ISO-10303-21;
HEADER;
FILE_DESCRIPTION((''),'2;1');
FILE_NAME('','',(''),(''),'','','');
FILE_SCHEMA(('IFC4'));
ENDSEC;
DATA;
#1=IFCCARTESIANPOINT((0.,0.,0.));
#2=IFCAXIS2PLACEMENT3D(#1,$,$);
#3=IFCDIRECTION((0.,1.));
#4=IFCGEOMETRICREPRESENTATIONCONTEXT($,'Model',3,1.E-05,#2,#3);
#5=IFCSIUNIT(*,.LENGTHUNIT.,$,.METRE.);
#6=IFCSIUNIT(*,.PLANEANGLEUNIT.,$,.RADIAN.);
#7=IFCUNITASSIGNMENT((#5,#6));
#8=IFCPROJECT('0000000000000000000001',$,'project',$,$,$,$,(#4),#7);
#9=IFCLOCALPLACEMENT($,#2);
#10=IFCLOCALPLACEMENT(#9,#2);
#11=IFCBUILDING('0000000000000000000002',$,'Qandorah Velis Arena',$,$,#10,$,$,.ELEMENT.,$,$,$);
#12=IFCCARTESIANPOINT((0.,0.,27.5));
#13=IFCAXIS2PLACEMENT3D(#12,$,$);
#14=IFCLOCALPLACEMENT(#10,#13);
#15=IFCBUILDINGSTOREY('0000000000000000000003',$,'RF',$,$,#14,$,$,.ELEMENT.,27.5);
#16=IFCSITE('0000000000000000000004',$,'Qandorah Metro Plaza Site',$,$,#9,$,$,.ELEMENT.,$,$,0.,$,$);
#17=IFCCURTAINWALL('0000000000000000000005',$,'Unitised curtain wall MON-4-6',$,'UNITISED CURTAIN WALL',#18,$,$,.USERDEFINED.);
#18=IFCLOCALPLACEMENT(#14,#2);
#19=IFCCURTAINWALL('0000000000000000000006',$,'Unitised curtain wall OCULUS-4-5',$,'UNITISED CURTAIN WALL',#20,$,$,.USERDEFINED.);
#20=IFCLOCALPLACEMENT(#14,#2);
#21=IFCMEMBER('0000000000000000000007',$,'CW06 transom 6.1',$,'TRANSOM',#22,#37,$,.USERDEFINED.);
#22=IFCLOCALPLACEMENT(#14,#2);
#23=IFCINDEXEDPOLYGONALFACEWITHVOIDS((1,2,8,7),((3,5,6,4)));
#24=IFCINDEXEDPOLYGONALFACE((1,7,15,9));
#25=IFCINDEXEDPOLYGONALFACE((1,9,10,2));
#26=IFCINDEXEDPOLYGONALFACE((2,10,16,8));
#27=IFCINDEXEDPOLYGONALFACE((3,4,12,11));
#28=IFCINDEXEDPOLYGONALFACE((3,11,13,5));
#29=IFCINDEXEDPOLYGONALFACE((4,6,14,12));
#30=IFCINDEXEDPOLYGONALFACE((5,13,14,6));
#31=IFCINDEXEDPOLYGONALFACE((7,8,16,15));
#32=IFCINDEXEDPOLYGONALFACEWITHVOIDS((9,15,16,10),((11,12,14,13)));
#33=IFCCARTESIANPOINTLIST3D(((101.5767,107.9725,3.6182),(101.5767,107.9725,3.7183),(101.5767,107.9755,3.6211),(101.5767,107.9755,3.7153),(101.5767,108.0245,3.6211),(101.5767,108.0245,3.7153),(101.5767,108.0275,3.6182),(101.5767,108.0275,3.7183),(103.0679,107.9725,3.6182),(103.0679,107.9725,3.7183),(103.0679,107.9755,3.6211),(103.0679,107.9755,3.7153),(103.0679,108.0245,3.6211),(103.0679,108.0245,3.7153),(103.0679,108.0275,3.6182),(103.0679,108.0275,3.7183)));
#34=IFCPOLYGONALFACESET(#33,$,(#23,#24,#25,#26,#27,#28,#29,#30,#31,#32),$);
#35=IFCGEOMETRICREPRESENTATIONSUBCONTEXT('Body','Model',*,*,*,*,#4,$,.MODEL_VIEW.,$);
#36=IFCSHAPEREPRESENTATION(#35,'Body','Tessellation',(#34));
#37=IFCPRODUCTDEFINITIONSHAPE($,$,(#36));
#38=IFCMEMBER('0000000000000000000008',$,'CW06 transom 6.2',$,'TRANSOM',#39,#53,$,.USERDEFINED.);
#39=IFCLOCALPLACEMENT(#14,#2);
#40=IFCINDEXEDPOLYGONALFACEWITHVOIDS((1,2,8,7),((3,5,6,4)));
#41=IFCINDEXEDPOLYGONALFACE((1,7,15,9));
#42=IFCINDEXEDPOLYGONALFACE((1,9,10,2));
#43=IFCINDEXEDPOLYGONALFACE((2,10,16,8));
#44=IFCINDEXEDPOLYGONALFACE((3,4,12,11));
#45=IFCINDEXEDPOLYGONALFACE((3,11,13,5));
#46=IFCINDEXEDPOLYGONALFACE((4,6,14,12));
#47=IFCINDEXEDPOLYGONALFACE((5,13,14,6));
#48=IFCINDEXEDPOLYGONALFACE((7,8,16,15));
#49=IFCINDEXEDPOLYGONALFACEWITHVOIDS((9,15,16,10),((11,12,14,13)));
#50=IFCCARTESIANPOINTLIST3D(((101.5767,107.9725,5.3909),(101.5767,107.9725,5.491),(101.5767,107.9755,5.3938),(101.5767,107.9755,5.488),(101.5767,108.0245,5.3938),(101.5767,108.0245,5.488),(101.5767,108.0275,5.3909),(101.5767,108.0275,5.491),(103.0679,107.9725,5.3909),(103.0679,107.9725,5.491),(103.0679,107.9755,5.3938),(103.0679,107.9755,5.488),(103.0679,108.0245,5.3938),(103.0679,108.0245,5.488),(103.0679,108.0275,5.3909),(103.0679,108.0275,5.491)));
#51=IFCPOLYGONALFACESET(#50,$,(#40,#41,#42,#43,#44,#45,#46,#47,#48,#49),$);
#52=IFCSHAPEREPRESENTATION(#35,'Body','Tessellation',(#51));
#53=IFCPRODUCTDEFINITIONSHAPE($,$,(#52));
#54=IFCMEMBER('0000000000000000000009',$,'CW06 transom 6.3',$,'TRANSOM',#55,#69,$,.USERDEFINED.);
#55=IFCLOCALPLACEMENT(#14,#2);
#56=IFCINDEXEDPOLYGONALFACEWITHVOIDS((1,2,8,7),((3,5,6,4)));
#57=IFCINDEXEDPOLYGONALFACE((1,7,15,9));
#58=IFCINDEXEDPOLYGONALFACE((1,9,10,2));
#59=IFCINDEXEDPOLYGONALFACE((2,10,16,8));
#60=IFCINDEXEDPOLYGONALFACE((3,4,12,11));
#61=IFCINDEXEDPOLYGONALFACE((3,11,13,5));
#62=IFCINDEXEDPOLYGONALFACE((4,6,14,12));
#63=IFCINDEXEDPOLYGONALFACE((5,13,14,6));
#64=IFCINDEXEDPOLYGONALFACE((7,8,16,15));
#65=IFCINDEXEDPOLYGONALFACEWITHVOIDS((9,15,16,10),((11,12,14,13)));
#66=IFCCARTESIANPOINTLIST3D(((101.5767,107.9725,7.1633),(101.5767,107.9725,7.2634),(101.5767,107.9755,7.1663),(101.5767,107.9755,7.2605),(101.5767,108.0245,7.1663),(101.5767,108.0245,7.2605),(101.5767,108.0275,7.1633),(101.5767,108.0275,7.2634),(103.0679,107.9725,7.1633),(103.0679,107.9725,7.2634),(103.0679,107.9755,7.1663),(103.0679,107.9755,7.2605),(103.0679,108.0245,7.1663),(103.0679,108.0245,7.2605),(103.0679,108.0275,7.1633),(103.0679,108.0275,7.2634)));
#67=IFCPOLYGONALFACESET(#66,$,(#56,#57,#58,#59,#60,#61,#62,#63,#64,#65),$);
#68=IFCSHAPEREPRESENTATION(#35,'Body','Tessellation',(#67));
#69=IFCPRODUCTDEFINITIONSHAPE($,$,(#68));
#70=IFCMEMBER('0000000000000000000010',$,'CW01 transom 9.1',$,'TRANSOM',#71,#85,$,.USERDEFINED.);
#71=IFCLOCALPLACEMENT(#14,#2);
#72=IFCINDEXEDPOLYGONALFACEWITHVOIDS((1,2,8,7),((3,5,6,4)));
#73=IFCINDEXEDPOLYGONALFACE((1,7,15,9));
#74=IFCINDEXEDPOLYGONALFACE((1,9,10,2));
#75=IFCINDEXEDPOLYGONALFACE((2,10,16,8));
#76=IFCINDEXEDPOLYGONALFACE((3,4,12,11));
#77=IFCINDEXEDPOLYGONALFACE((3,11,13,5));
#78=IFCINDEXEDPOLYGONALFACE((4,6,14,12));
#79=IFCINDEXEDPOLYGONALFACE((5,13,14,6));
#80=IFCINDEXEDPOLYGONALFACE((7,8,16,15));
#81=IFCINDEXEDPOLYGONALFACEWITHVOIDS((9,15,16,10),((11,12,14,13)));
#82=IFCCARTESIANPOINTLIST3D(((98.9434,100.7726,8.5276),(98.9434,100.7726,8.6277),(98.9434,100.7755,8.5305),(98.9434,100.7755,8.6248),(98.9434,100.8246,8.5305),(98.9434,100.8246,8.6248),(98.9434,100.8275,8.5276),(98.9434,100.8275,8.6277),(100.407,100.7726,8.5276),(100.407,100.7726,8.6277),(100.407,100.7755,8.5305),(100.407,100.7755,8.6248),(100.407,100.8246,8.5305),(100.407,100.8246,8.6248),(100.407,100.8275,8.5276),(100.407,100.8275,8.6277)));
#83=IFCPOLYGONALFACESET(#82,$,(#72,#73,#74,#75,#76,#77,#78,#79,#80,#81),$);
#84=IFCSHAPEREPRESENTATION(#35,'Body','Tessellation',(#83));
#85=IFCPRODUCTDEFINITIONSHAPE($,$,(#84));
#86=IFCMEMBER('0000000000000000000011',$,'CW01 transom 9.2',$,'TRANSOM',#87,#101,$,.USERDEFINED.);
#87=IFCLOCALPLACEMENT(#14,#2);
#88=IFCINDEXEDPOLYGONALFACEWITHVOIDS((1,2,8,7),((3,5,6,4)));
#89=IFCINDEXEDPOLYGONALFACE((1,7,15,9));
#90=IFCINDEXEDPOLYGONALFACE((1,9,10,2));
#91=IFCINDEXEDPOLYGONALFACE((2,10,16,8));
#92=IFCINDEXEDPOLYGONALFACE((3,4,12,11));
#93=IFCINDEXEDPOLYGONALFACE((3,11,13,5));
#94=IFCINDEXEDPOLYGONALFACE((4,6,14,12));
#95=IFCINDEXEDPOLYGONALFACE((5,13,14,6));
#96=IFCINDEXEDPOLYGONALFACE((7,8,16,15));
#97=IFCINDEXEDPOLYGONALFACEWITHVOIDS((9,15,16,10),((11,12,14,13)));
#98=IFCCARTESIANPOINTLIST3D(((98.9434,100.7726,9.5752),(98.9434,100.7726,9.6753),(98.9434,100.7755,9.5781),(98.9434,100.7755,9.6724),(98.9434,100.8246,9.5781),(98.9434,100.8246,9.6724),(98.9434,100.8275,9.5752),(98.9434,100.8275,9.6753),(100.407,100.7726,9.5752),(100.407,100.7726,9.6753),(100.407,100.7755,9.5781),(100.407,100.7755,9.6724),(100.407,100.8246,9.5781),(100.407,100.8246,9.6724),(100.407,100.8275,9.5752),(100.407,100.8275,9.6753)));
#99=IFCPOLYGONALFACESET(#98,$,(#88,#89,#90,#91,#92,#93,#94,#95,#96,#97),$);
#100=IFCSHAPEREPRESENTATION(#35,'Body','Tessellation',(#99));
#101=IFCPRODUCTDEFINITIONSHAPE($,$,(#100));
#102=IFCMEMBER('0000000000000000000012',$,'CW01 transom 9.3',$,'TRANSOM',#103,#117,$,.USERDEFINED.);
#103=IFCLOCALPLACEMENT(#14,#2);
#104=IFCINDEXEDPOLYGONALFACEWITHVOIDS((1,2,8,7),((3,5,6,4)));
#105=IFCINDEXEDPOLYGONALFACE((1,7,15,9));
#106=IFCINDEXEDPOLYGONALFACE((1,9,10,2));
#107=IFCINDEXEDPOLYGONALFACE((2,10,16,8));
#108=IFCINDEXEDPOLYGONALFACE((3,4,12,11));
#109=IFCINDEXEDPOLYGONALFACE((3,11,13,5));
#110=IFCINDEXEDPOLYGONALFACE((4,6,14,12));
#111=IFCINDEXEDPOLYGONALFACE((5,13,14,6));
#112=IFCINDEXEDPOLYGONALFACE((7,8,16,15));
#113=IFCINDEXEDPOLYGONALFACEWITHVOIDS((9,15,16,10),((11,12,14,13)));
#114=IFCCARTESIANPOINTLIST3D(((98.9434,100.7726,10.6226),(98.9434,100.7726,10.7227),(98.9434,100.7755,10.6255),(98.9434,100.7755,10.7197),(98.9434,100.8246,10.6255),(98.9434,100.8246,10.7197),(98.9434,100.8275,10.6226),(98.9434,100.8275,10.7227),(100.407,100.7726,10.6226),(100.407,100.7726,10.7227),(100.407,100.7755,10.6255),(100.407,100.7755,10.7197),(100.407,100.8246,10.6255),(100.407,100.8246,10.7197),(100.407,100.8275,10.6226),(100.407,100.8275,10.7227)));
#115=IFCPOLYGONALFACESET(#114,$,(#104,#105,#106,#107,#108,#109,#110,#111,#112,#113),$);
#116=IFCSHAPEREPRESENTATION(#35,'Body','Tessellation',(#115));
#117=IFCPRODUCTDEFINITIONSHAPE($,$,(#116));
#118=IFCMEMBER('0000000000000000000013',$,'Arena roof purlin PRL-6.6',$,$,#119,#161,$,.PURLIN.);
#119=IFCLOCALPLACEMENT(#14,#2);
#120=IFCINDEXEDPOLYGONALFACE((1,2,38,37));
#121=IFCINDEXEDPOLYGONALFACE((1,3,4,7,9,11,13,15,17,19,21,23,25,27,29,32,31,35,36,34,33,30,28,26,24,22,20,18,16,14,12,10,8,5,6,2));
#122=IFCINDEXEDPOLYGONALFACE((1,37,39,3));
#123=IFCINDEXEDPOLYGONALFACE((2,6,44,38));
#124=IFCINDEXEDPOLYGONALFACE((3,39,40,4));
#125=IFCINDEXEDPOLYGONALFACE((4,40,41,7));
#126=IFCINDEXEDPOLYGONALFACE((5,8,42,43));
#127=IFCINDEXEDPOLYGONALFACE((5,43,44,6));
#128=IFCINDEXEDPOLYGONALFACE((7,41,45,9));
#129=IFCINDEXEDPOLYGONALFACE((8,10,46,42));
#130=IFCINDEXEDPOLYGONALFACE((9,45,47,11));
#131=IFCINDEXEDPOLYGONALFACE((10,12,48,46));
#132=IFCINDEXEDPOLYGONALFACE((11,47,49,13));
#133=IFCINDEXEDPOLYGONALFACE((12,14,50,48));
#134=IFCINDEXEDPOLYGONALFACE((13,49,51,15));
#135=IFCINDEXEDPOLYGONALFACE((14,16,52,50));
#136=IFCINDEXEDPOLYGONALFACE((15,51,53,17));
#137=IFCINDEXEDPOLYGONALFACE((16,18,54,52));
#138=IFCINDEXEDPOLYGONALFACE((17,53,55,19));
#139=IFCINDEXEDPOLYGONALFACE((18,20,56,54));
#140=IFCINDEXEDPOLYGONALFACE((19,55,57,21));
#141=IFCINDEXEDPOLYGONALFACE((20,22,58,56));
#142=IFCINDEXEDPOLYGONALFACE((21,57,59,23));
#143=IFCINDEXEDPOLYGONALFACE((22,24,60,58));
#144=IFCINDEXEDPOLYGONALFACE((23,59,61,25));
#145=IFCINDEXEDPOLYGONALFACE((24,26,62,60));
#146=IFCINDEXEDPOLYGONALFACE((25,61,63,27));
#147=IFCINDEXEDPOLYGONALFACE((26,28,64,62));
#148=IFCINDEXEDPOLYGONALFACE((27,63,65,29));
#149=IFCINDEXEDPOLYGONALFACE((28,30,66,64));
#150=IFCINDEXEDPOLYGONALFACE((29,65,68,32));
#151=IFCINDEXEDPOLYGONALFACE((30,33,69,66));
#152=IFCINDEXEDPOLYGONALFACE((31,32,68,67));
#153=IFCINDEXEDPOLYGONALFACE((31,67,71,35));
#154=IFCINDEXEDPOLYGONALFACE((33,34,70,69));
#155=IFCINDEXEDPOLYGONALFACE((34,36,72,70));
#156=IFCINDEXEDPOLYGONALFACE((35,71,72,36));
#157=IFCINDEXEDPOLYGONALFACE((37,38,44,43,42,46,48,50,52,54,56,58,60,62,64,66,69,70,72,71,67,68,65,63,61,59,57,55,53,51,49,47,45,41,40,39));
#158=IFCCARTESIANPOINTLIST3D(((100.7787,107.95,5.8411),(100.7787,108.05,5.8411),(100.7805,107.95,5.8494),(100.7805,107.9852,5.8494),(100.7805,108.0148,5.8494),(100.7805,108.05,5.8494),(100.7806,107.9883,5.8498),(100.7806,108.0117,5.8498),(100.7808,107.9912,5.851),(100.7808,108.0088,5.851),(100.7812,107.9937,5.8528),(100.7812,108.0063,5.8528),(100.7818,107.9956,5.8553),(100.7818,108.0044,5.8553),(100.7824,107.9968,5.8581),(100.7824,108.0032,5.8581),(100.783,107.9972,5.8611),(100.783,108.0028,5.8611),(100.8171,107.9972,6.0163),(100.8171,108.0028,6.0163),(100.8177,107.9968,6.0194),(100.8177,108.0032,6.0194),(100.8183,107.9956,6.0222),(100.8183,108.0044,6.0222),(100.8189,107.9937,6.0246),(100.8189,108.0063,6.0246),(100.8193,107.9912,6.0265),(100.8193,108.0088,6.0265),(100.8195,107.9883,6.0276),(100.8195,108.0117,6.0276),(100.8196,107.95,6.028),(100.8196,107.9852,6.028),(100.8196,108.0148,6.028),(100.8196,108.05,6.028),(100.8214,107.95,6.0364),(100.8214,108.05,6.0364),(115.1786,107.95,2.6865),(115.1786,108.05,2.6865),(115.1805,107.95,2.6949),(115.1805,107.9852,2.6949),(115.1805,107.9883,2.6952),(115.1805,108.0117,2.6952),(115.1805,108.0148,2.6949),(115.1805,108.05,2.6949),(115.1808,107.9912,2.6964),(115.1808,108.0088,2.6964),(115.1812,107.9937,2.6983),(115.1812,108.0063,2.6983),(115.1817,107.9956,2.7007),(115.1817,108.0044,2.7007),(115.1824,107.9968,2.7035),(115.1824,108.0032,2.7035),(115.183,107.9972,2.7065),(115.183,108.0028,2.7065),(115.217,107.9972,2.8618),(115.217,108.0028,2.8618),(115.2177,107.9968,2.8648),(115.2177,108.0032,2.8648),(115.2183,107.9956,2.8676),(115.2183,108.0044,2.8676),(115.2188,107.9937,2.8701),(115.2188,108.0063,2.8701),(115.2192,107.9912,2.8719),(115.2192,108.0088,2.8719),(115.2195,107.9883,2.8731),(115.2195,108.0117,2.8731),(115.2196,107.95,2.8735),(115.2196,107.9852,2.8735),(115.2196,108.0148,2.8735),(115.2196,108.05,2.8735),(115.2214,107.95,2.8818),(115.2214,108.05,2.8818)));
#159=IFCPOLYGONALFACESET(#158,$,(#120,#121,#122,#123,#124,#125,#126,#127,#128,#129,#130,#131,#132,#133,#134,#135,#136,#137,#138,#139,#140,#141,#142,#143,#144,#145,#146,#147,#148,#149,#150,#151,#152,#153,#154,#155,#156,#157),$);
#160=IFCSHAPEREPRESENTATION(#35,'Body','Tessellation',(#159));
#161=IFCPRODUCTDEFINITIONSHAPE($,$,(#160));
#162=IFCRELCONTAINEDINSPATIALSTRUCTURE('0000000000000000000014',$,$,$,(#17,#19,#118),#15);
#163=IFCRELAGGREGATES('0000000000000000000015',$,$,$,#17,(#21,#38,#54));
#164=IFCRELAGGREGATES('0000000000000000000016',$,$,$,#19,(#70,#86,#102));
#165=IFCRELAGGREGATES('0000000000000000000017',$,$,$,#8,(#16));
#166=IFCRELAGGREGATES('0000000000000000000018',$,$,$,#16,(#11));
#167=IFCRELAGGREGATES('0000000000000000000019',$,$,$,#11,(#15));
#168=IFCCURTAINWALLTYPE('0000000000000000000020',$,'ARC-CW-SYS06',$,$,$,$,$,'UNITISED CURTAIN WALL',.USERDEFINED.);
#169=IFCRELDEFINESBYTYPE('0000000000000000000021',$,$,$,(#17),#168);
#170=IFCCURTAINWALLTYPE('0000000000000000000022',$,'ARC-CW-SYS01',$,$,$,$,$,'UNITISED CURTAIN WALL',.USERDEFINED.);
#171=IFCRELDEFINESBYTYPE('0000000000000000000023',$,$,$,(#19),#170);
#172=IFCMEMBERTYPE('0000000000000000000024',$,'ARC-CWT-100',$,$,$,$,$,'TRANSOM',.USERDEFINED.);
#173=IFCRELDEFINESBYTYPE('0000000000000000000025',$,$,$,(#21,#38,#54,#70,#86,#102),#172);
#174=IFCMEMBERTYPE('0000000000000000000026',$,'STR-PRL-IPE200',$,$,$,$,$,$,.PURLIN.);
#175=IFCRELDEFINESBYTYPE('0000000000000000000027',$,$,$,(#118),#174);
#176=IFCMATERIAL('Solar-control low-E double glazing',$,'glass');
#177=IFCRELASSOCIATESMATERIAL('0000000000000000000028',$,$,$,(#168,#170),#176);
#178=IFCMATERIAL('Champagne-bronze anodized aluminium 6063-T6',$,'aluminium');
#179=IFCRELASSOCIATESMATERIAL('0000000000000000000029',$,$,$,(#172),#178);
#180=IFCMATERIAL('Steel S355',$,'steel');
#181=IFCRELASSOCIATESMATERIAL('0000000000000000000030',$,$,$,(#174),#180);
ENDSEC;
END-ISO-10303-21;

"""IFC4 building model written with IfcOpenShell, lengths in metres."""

from ifc_helpers import new_model, si_unit, direction, frame, origin, origin_2d, place, context, subcontext, project, spatial, hollow_rectangle, i_section, extrude, material, material_profile, profile_set, type_object, element, aggregate, save


model = new_model("IFC4")

# Units and contexts
model_context = context("Model", 3, precision=1e-05, world=origin(), true_north=direction((0.0, 1.0)))
body_context = subcontext(model_context, "Body", "Model", "MODEL_VIEW")
ifc_project = project(units=[si_unit("LENGTHUNIT", "METRE"), si_unit("PLANEANGLEUNIT", "RADIAN")], contexts=[model_context])

# Site, building, storey
site_placement = place(None, origin())
site = spatial("IfcSite", under=ifc_project, at=site_placement, Name="Qandorah Metro Plaza Site", CompositionType="ELEMENT", RefElevation=0.0)
building_placement = place(site_placement, origin())
building = spatial("IfcBuilding", under=site, at=building_placement, Name="Qandorah Velis Arena", CompositionType="ELEMENT")
storey_placement = place(building_placement, frame((0.0, 0.0, 27.5)))
storey = spatial("IfcBuildingStorey", under=building, at=storey_placement, Name="RF", CompositionType="ELEMENT", Elevation=27.5)

# Curtain walls
ifc_material_1 = material(Name="Solar-control low-E double glazing", Category="glass")
curtain_wall_type_1 = type_object("IfcCurtainWallType", Name="ARC-CW-SYS06", ElementType="UNITISED CURTAIN WALL", PredefinedType="USERDEFINED", material=ifc_material_1)
curtain_wall_1_placement = place(storey_placement, origin())
curtain_wall_1 = element("IfcCurtainWall", 1, at=curtain_wall_1_placement, inside=storey, type_object=curtain_wall_type_1, Name="Unitised curtain wall MON-4-6", ObjectType="UNITISED CURTAIN WALL", PredefinedType="USERDEFINED")
ifc_material_2 = material(Name="Champagne-bronze anodized aluminium 6063-T6", Category="aluminium")
curtain_wall_type_2 = type_object("IfcCurtainWallType", Name="ARC-CW-SYS01", ElementType="UNITISED CURTAIN WALL", PredefinedType="USERDEFINED", material=ifc_material_1)
curtain_wall_2_placement = place(storey_placement, origin())
curtain_wall_2 = element("IfcCurtainWall", 2, at=curtain_wall_2_placement, inside=storey, type_object=curtain_wall_type_2, Name="Unitised curtain wall OCULUS-4-5", ObjectType="UNITISED CURTAIN WALL", PredefinedType="USERDEFINED")

# Members
ifc_material_profile_1 = material_profile(ifc_material_2, hollow_rectangle(XDim=0.0549, YDim=0.1001, WallThickness=0.0029, at=origin_2d()), Name="ALU TRANSOM 55x100")
ifc_profile_set_1 = profile_set([ifc_material_profile_1], Name="Champagne-bronze anodized aluminium 6063-T6")
member_type_1 = type_object("IfcMemberType", Name="ARC-CWT-100", ElementType="TRANSOM", PredefinedType="USERDEFINED", material=ifc_profile_set_1)
member_1_placement = place(storey_placement, frame((101.5767, 108.0, 3.6682), z_axis=(1.0, 0.0, 0.0), x_axis=(0.0, 1.0, 0.0)))
member_1 = element("IfcMember", 3, at=member_1_placement, type_object=member_type_1, Name="CW06 transom 6.1", ObjectType="TRANSOM", PredefinedType="USERDEFINED", context=body_context, shape_type="SweptSolid", body=[
    extrude(hollow_rectangle(XDim=0.0549, YDim=0.1001, WallThickness=0.0029, at=origin_2d()), origin(), (0.0, 0.0, 1.0), 1.4912),
])
member_2_placement = place(storey_placement, frame((101.5767, 108.0, 5.4409), z_axis=(1.0, 0.0, 0.0), x_axis=(0.0, 1.0, 0.0)))
member_2 = element("IfcMember", 4, at=member_2_placement, type_object=member_type_1, Name="CW06 transom 6.2", ObjectType="TRANSOM", PredefinedType="USERDEFINED", context=body_context, shape_type="SweptSolid", body=[
    extrude(hollow_rectangle(XDim=0.0549, YDim=0.1001, WallThickness=0.0029, at=origin_2d()), origin(), (0.0, 0.0, 1.0), 1.4912),
])
member_3_placement = place(storey_placement, frame((101.5767, 108.0, 7.2134), z_axis=(1.0, 0.0, 0.0), x_axis=(0.0, 1.0, 0.0)))
member_3 = element("IfcMember", 5, at=member_3_placement, type_object=member_type_1, Name="CW06 transom 6.3", ObjectType="TRANSOM", PredefinedType="USERDEFINED", context=body_context, shape_type="SweptSolid", body=[
    extrude(hollow_rectangle(XDim=0.0549, YDim=0.1001, WallThickness=0.0029, at=origin_2d()), origin(), (0.0, 0.0, 1.0), 1.4912),
])
member_4_placement = place(storey_placement, frame((98.9434, 100.8, 8.5776), z_axis=(1.0, 0.0, 0.0), x_axis=(0.0, 1.0, 0.0)))
member_4 = element("IfcMember", 6, at=member_4_placement, type_object=member_type_1, Name="CW01 transom 9.1", ObjectType="TRANSOM", PredefinedType="USERDEFINED", context=body_context, shape_type="SweptSolid", body=[
    extrude(hollow_rectangle(XDim=0.0549, YDim=0.1001, WallThickness=0.0029, at=origin_2d()), origin(), (0.0, 0.0, 1.0), 1.4636),
])
member_5_placement = place(storey_placement, frame((98.9434, 100.8, 9.6252), z_axis=(1.0, 0.0, 0.0), x_axis=(0.0, 1.0, 0.0)))
member_5 = element("IfcMember", 7, at=member_5_placement, type_object=member_type_1, Name="CW01 transom 9.2", ObjectType="TRANSOM", PredefinedType="USERDEFINED", context=body_context, shape_type="SweptSolid", body=[
    extrude(hollow_rectangle(XDim=0.0549, YDim=0.1001, WallThickness=0.0029, at=origin_2d()), origin(), (0.0, 0.0, 1.0), 1.4636),
])
member_6_placement = place(storey_placement, frame((98.9434, 100.8, 10.6726), z_axis=(1.0, 0.0, 0.0), x_axis=(0.0, 1.0, 0.0)))
member_6 = element("IfcMember", 8, at=member_6_placement, type_object=member_type_1, Name="CW01 transom 9.3", ObjectType="TRANSOM", PredefinedType="USERDEFINED", context=body_context, shape_type="SweptSolid", body=[
    extrude(hollow_rectangle(XDim=0.0549, YDim=0.1001, WallThickness=0.0029, at=origin_2d()), origin(), (0.0, 0.0, 1.0), 1.4636),
])
ifc_material_3 = material(Name="Steel S355", Category="steel")
ifc_material_profile_2 = material_profile(ifc_material_3, i_section(OverallWidth=0.1001, OverallDepth=0.2, WebThickness=0.0056, FlangeThickness=0.0085, FilletRadius=0.012, at=origin_2d()), Name="IPE 200")
ifc_profile_set_2 = profile_set([ifc_material_profile_2], Name="Steel S355")
member_type_2 = type_object("IfcMemberType", Name="STR-PRL-IPE200", PredefinedType="PURLIN", material=ifc_profile_set_2)
member_7_placement = place(storey_placement, frame((100.8, 108.0, 5.9387), z_axis=(0.976835, 0.0, -0.213992), x_axis=(0.0, 1.0, 0.0)))
element("IfcMember", 9, at=member_7_placement, inside=storey, type_object=member_type_2, Name="Arena roof purlin PRL-6.6", PredefinedType="PURLIN", context=body_context, shape_type="SweptSolid", body=[
    extrude(i_section(OverallWidth=0.1001, OverallDepth=0.2, WebThickness=0.0056, FlangeThickness=0.0085, FilletRadius=0.012, at=origin_2d()), origin(), (0.0, 0.0, 1.0), 14.7415),
])

aggregate(curtain_wall_1, [member_1, member_2, member_3])
aggregate(curtain_wall_2, [member_4, member_5, member_6])

save(model, "model.ifc")
